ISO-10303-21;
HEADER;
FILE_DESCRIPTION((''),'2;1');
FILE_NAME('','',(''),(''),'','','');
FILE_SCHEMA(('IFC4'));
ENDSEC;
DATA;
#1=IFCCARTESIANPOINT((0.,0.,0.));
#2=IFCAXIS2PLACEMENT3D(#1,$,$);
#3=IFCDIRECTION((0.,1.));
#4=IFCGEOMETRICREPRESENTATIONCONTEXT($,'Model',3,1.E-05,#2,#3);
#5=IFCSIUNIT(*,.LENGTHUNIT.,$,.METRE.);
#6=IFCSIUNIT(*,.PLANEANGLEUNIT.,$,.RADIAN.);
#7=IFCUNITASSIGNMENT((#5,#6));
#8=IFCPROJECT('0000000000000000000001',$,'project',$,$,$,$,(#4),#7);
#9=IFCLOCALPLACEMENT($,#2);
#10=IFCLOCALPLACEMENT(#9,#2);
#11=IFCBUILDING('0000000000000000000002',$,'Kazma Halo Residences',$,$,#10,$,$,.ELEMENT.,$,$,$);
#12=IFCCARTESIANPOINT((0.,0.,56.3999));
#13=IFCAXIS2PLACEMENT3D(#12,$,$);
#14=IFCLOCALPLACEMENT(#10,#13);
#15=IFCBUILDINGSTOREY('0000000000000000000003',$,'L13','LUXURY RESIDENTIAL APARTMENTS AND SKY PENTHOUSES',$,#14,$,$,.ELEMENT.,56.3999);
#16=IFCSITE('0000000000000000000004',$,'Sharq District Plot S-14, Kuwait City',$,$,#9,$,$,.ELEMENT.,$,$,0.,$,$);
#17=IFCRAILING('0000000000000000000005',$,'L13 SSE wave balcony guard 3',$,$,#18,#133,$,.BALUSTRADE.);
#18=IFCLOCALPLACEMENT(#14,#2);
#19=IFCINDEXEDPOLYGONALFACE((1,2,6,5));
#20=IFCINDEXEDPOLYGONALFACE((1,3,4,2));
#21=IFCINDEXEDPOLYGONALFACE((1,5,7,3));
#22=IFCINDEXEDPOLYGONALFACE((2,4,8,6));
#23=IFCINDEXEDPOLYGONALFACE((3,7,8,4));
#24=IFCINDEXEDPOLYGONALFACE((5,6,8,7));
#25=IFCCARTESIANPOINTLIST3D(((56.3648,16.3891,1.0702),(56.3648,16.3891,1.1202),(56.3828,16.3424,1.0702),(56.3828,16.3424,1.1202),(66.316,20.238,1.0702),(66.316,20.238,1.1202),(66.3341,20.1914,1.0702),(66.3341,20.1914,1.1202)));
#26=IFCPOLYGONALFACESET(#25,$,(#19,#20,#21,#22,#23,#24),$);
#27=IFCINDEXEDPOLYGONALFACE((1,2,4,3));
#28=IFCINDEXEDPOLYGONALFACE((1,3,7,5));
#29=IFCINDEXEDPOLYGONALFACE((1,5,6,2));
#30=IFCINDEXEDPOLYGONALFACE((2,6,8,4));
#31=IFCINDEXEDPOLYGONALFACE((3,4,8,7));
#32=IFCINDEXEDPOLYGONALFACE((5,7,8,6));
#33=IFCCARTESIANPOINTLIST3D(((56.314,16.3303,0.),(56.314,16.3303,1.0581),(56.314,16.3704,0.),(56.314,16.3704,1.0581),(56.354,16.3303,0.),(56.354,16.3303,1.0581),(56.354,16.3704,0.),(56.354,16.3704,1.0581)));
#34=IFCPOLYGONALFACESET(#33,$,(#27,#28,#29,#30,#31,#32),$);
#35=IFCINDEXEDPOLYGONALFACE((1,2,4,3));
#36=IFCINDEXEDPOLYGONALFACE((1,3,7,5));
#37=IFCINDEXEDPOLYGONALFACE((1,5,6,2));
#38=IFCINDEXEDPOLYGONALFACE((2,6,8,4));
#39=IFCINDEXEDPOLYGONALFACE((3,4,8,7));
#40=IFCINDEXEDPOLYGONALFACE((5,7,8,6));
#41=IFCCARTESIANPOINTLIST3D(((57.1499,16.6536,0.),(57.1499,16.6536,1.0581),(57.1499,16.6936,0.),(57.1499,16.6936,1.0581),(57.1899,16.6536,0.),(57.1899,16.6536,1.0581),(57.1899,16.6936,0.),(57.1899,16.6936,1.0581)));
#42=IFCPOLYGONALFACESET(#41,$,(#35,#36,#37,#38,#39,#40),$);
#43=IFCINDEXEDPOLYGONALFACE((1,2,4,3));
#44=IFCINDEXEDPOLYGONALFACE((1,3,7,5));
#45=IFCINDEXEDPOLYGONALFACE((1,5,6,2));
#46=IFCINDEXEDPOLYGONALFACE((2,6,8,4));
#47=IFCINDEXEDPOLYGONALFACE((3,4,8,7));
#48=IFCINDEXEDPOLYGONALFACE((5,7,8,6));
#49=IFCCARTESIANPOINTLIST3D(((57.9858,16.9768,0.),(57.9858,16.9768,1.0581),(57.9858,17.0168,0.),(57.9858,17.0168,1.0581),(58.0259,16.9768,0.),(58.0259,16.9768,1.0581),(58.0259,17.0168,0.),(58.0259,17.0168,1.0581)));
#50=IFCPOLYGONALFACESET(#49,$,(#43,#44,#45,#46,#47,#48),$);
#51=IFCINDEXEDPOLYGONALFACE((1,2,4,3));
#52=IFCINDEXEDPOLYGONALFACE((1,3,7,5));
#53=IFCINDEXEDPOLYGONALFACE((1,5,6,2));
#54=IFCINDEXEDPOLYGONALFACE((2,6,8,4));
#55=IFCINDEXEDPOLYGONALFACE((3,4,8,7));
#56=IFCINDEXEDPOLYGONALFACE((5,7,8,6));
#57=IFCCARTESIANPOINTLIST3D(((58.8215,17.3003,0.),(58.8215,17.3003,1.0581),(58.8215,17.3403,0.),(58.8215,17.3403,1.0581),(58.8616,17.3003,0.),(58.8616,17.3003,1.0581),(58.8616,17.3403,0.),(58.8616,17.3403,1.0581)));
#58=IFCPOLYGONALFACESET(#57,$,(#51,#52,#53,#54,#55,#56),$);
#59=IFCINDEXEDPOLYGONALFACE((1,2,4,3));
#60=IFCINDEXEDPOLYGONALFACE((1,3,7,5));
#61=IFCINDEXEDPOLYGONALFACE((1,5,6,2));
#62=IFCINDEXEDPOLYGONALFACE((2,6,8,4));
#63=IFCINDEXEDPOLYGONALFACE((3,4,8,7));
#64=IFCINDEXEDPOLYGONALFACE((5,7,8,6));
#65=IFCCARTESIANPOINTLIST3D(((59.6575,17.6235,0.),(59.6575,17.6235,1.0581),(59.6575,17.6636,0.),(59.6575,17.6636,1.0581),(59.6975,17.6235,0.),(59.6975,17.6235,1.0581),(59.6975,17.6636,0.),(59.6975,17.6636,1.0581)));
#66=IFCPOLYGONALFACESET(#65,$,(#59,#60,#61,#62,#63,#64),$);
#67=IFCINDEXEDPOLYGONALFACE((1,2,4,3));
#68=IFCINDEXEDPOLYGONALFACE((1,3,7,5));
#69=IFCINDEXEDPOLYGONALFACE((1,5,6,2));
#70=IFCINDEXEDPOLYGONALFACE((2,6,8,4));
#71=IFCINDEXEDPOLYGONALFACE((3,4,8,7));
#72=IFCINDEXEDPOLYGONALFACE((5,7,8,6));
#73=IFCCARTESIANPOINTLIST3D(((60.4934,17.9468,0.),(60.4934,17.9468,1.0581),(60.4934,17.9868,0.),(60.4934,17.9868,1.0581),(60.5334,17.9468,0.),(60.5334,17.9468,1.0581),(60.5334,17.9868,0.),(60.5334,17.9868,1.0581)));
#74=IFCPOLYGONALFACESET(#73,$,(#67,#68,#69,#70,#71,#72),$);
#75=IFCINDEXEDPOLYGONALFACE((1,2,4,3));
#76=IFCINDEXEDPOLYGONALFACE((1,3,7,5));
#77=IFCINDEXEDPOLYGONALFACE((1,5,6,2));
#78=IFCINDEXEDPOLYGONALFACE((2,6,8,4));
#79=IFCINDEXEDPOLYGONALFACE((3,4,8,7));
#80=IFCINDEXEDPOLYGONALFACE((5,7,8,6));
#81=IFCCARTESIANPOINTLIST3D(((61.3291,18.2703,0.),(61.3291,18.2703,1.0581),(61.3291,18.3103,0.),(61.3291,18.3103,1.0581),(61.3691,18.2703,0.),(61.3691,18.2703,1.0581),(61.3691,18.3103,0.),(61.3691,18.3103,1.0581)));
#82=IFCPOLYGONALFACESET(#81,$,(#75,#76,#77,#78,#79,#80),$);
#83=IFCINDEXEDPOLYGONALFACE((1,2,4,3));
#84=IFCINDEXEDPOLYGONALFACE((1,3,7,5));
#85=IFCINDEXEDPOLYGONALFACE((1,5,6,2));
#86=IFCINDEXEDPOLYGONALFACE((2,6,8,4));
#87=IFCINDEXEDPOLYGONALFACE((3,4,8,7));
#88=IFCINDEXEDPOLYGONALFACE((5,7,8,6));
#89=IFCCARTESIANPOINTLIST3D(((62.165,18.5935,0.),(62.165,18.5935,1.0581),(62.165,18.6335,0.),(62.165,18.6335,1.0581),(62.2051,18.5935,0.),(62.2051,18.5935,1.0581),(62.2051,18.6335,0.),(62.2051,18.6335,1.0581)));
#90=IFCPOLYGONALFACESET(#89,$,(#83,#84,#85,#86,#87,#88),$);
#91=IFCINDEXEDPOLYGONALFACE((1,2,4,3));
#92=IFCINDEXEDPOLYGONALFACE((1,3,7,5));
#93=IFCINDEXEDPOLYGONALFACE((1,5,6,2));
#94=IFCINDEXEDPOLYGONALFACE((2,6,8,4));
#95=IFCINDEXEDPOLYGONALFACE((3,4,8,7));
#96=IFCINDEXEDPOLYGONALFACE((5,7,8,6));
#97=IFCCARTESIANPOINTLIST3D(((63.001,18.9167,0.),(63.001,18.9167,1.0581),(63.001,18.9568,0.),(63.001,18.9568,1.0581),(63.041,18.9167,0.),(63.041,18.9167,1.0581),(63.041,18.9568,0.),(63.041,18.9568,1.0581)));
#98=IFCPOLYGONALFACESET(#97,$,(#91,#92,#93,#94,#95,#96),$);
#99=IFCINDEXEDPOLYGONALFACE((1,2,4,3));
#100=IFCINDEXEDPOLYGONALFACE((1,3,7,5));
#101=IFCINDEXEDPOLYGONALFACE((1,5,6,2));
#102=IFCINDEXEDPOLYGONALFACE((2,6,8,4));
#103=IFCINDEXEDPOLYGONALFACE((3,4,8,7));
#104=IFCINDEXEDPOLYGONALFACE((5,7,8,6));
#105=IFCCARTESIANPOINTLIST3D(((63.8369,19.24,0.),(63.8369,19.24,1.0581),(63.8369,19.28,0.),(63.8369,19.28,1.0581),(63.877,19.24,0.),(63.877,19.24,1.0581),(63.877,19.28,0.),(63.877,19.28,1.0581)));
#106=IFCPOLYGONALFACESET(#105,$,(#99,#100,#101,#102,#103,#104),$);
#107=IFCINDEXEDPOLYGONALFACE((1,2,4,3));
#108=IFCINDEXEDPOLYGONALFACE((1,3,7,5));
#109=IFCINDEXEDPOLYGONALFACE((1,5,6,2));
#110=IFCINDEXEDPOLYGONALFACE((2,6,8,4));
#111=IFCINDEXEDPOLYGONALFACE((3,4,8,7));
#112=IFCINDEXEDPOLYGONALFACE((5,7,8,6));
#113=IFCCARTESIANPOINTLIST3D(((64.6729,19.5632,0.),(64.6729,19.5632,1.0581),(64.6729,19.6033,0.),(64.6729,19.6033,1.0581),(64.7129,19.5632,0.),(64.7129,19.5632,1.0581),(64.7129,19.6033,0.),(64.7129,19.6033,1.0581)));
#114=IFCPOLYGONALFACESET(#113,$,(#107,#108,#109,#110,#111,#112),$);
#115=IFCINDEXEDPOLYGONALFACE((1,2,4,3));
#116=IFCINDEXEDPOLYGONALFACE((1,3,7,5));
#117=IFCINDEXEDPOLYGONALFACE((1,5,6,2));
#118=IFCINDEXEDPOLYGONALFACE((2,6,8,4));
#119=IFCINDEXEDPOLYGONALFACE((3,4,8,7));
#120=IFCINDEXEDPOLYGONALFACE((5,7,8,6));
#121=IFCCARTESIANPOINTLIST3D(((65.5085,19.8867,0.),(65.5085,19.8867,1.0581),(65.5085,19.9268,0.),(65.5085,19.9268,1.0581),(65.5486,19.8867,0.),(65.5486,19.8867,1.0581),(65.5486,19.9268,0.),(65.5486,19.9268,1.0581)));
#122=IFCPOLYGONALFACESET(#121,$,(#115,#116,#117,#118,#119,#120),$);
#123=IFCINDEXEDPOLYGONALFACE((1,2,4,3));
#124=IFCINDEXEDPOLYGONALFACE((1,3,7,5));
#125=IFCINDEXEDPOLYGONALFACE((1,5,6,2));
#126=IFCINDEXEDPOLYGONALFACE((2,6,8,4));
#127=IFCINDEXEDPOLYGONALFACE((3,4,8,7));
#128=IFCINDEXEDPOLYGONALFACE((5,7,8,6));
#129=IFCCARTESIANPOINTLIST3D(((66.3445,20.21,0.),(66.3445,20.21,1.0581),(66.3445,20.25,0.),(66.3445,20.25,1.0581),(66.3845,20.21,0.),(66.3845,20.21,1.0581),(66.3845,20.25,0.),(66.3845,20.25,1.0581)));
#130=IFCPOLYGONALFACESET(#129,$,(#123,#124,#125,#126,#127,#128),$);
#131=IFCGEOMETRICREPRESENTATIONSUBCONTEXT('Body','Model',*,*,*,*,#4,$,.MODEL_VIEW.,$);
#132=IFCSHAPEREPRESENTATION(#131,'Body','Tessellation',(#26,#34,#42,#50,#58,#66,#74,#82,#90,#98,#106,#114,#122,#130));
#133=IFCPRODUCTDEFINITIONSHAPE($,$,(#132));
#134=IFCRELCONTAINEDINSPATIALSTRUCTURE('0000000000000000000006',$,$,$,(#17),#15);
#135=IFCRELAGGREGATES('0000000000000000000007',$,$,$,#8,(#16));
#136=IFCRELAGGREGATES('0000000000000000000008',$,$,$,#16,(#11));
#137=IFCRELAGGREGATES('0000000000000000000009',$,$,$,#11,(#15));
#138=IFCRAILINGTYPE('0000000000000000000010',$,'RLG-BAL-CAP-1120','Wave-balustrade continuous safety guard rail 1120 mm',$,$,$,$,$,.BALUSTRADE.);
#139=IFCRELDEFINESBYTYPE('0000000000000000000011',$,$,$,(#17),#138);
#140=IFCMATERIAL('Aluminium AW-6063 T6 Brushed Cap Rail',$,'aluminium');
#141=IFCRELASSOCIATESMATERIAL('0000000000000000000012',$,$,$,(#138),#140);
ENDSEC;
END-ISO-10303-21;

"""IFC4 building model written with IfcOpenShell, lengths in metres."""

from ifc_helpers import new_model, si_unit, direction, frame, origin, origin_2d, place, context, subcontext, project, spatial, rectangle, extrude, material, type_object, element, save


model = new_model("IFC4")

# Units and contexts
model_context = context("Model", 3, precision=1e-05, world=origin(), true_north=direction((0.0, 1.0)))
body_context = subcontext(model_context, "Body", "Model", "MODEL_VIEW")
ifc_project = project(units=[si_unit("LENGTHUNIT", "METRE"), si_unit("PLANEANGLEUNIT", "RADIAN")], contexts=[model_context])

# Site, building, storey
site_placement = place(None, origin())
site = spatial("IfcSite", under=ifc_project, at=site_placement, Name="Sharq District Plot S-14, Kuwait City", CompositionType="ELEMENT", RefElevation=0.0)
building_placement = place(site_placement, origin())
building = spatial("IfcBuilding", under=site, at=building_placement, Name="Kazma Halo Residences", CompositionType="ELEMENT")
storey_placement = place(building_placement, frame((0.0, 0.0, 56.3999)))
storey = spatial("IfcBuildingStorey", under=building, at=storey_placement, Name="L13", Description="LUXURY RESIDENTIAL APARTMENTS AND SKY PENTHOUSES", CompositionType="ELEMENT", Elevation=56.3999)

# Railing
ifc_material_1 = material(Name="Aluminium AW-6063 T6 Brushed Cap Rail", Category="aluminium")
railing_type = type_object("IfcRailingType", Name="RLG-BAL-CAP-1120", Description="Wave-balustrade continuous safety guard rail 1120 mm", PredefinedType="BALUSTRADE", material=ifc_material_1)
railing_placement = place(storey_placement, frame((56.334, 16.3503, 0.0)))
element("IfcRailing", 1, at=railing_placement, inside=storey, type_object=railing_type, Name="L13 SSE wave balcony guard 3", PredefinedType="BALUSTRADE", context=body_context, shape_type="SweptSolid", body=[
    extrude(rectangle(XDim=0.05, YDim=0.05, at=origin_2d()), frame((0.0398, 0.0154, 1.0952), z_axis=(0.932666, 0.36074, 0.0), x_axis=(-0.36074, 0.932666, 0.0)), (0.0, 0.0, 1.0), 10.6697),
    extrude(rectangle(XDim=0.04, YDim=0.04, at=origin_2d()), origin(), (0.0, 0.0, 1.0), 1.0581),
    extrude(rectangle(XDim=0.04, YDim=0.04, at=origin_2d()), frame((0.8359, 0.3232, 0.0)), (0.0, 0.0, 1.0), 1.0581),
    extrude(rectangle(XDim=0.04, YDim=0.04, at=origin_2d()), frame((1.6719, 0.6465, 0.0)), (0.0, 0.0, 1.0), 1.0581),
    extrude(rectangle(XDim=0.04, YDim=0.04, at=origin_2d()), frame((2.5076, 0.97, 0.0)), (0.0, 0.0, 1.0), 1.0581),
    extrude(rectangle(XDim=0.04, YDim=0.04, at=origin_2d()), frame((3.3435, 1.2932, 0.0)), (0.0, 0.0, 1.0), 1.0581),
    extrude(rectangle(XDim=0.04, YDim=0.04, at=origin_2d()), frame((4.1794, 1.6165, 0.0)), (0.0, 0.0, 1.0), 1.0581),
    extrude(rectangle(XDim=0.04, YDim=0.04, at=origin_2d()), frame((5.0151, 1.9399, 0.0)), (0.0, 0.0, 1.0), 1.0581),
    extrude(rectangle(XDim=0.04, YDim=0.04, at=origin_2d()), frame((5.8511, 2.2632, 0.0)), (0.0, 0.0, 1.0), 1.0581),
    extrude(rectangle(XDim=0.04, YDim=0.04, at=origin_2d()), frame((6.687, 2.5864, 0.0)), (0.0, 0.0, 1.0), 1.0581),
    extrude(rectangle(XDim=0.04, YDim=0.04, at=origin_2d()), frame((7.5229, 2.9097, 0.0)), (0.0, 0.0, 1.0), 1.0581),
    extrude(rectangle(XDim=0.04, YDim=0.04, at=origin_2d()), frame((8.3589, 3.2329, 0.0)), (0.0, 0.0, 1.0), 1.0581),
    extrude(rectangle(XDim=0.04, YDim=0.04, at=origin_2d()), frame((9.1946, 3.5564, 0.0)), (0.0, 0.0, 1.0), 1.0581),
    extrude(rectangle(XDim=0.04, YDim=0.04, at=origin_2d()), frame((10.0305, 3.8796, 0.0)), (0.0, 0.0, 1.0), 1.0581),
])

save(model, "model.ifc")
